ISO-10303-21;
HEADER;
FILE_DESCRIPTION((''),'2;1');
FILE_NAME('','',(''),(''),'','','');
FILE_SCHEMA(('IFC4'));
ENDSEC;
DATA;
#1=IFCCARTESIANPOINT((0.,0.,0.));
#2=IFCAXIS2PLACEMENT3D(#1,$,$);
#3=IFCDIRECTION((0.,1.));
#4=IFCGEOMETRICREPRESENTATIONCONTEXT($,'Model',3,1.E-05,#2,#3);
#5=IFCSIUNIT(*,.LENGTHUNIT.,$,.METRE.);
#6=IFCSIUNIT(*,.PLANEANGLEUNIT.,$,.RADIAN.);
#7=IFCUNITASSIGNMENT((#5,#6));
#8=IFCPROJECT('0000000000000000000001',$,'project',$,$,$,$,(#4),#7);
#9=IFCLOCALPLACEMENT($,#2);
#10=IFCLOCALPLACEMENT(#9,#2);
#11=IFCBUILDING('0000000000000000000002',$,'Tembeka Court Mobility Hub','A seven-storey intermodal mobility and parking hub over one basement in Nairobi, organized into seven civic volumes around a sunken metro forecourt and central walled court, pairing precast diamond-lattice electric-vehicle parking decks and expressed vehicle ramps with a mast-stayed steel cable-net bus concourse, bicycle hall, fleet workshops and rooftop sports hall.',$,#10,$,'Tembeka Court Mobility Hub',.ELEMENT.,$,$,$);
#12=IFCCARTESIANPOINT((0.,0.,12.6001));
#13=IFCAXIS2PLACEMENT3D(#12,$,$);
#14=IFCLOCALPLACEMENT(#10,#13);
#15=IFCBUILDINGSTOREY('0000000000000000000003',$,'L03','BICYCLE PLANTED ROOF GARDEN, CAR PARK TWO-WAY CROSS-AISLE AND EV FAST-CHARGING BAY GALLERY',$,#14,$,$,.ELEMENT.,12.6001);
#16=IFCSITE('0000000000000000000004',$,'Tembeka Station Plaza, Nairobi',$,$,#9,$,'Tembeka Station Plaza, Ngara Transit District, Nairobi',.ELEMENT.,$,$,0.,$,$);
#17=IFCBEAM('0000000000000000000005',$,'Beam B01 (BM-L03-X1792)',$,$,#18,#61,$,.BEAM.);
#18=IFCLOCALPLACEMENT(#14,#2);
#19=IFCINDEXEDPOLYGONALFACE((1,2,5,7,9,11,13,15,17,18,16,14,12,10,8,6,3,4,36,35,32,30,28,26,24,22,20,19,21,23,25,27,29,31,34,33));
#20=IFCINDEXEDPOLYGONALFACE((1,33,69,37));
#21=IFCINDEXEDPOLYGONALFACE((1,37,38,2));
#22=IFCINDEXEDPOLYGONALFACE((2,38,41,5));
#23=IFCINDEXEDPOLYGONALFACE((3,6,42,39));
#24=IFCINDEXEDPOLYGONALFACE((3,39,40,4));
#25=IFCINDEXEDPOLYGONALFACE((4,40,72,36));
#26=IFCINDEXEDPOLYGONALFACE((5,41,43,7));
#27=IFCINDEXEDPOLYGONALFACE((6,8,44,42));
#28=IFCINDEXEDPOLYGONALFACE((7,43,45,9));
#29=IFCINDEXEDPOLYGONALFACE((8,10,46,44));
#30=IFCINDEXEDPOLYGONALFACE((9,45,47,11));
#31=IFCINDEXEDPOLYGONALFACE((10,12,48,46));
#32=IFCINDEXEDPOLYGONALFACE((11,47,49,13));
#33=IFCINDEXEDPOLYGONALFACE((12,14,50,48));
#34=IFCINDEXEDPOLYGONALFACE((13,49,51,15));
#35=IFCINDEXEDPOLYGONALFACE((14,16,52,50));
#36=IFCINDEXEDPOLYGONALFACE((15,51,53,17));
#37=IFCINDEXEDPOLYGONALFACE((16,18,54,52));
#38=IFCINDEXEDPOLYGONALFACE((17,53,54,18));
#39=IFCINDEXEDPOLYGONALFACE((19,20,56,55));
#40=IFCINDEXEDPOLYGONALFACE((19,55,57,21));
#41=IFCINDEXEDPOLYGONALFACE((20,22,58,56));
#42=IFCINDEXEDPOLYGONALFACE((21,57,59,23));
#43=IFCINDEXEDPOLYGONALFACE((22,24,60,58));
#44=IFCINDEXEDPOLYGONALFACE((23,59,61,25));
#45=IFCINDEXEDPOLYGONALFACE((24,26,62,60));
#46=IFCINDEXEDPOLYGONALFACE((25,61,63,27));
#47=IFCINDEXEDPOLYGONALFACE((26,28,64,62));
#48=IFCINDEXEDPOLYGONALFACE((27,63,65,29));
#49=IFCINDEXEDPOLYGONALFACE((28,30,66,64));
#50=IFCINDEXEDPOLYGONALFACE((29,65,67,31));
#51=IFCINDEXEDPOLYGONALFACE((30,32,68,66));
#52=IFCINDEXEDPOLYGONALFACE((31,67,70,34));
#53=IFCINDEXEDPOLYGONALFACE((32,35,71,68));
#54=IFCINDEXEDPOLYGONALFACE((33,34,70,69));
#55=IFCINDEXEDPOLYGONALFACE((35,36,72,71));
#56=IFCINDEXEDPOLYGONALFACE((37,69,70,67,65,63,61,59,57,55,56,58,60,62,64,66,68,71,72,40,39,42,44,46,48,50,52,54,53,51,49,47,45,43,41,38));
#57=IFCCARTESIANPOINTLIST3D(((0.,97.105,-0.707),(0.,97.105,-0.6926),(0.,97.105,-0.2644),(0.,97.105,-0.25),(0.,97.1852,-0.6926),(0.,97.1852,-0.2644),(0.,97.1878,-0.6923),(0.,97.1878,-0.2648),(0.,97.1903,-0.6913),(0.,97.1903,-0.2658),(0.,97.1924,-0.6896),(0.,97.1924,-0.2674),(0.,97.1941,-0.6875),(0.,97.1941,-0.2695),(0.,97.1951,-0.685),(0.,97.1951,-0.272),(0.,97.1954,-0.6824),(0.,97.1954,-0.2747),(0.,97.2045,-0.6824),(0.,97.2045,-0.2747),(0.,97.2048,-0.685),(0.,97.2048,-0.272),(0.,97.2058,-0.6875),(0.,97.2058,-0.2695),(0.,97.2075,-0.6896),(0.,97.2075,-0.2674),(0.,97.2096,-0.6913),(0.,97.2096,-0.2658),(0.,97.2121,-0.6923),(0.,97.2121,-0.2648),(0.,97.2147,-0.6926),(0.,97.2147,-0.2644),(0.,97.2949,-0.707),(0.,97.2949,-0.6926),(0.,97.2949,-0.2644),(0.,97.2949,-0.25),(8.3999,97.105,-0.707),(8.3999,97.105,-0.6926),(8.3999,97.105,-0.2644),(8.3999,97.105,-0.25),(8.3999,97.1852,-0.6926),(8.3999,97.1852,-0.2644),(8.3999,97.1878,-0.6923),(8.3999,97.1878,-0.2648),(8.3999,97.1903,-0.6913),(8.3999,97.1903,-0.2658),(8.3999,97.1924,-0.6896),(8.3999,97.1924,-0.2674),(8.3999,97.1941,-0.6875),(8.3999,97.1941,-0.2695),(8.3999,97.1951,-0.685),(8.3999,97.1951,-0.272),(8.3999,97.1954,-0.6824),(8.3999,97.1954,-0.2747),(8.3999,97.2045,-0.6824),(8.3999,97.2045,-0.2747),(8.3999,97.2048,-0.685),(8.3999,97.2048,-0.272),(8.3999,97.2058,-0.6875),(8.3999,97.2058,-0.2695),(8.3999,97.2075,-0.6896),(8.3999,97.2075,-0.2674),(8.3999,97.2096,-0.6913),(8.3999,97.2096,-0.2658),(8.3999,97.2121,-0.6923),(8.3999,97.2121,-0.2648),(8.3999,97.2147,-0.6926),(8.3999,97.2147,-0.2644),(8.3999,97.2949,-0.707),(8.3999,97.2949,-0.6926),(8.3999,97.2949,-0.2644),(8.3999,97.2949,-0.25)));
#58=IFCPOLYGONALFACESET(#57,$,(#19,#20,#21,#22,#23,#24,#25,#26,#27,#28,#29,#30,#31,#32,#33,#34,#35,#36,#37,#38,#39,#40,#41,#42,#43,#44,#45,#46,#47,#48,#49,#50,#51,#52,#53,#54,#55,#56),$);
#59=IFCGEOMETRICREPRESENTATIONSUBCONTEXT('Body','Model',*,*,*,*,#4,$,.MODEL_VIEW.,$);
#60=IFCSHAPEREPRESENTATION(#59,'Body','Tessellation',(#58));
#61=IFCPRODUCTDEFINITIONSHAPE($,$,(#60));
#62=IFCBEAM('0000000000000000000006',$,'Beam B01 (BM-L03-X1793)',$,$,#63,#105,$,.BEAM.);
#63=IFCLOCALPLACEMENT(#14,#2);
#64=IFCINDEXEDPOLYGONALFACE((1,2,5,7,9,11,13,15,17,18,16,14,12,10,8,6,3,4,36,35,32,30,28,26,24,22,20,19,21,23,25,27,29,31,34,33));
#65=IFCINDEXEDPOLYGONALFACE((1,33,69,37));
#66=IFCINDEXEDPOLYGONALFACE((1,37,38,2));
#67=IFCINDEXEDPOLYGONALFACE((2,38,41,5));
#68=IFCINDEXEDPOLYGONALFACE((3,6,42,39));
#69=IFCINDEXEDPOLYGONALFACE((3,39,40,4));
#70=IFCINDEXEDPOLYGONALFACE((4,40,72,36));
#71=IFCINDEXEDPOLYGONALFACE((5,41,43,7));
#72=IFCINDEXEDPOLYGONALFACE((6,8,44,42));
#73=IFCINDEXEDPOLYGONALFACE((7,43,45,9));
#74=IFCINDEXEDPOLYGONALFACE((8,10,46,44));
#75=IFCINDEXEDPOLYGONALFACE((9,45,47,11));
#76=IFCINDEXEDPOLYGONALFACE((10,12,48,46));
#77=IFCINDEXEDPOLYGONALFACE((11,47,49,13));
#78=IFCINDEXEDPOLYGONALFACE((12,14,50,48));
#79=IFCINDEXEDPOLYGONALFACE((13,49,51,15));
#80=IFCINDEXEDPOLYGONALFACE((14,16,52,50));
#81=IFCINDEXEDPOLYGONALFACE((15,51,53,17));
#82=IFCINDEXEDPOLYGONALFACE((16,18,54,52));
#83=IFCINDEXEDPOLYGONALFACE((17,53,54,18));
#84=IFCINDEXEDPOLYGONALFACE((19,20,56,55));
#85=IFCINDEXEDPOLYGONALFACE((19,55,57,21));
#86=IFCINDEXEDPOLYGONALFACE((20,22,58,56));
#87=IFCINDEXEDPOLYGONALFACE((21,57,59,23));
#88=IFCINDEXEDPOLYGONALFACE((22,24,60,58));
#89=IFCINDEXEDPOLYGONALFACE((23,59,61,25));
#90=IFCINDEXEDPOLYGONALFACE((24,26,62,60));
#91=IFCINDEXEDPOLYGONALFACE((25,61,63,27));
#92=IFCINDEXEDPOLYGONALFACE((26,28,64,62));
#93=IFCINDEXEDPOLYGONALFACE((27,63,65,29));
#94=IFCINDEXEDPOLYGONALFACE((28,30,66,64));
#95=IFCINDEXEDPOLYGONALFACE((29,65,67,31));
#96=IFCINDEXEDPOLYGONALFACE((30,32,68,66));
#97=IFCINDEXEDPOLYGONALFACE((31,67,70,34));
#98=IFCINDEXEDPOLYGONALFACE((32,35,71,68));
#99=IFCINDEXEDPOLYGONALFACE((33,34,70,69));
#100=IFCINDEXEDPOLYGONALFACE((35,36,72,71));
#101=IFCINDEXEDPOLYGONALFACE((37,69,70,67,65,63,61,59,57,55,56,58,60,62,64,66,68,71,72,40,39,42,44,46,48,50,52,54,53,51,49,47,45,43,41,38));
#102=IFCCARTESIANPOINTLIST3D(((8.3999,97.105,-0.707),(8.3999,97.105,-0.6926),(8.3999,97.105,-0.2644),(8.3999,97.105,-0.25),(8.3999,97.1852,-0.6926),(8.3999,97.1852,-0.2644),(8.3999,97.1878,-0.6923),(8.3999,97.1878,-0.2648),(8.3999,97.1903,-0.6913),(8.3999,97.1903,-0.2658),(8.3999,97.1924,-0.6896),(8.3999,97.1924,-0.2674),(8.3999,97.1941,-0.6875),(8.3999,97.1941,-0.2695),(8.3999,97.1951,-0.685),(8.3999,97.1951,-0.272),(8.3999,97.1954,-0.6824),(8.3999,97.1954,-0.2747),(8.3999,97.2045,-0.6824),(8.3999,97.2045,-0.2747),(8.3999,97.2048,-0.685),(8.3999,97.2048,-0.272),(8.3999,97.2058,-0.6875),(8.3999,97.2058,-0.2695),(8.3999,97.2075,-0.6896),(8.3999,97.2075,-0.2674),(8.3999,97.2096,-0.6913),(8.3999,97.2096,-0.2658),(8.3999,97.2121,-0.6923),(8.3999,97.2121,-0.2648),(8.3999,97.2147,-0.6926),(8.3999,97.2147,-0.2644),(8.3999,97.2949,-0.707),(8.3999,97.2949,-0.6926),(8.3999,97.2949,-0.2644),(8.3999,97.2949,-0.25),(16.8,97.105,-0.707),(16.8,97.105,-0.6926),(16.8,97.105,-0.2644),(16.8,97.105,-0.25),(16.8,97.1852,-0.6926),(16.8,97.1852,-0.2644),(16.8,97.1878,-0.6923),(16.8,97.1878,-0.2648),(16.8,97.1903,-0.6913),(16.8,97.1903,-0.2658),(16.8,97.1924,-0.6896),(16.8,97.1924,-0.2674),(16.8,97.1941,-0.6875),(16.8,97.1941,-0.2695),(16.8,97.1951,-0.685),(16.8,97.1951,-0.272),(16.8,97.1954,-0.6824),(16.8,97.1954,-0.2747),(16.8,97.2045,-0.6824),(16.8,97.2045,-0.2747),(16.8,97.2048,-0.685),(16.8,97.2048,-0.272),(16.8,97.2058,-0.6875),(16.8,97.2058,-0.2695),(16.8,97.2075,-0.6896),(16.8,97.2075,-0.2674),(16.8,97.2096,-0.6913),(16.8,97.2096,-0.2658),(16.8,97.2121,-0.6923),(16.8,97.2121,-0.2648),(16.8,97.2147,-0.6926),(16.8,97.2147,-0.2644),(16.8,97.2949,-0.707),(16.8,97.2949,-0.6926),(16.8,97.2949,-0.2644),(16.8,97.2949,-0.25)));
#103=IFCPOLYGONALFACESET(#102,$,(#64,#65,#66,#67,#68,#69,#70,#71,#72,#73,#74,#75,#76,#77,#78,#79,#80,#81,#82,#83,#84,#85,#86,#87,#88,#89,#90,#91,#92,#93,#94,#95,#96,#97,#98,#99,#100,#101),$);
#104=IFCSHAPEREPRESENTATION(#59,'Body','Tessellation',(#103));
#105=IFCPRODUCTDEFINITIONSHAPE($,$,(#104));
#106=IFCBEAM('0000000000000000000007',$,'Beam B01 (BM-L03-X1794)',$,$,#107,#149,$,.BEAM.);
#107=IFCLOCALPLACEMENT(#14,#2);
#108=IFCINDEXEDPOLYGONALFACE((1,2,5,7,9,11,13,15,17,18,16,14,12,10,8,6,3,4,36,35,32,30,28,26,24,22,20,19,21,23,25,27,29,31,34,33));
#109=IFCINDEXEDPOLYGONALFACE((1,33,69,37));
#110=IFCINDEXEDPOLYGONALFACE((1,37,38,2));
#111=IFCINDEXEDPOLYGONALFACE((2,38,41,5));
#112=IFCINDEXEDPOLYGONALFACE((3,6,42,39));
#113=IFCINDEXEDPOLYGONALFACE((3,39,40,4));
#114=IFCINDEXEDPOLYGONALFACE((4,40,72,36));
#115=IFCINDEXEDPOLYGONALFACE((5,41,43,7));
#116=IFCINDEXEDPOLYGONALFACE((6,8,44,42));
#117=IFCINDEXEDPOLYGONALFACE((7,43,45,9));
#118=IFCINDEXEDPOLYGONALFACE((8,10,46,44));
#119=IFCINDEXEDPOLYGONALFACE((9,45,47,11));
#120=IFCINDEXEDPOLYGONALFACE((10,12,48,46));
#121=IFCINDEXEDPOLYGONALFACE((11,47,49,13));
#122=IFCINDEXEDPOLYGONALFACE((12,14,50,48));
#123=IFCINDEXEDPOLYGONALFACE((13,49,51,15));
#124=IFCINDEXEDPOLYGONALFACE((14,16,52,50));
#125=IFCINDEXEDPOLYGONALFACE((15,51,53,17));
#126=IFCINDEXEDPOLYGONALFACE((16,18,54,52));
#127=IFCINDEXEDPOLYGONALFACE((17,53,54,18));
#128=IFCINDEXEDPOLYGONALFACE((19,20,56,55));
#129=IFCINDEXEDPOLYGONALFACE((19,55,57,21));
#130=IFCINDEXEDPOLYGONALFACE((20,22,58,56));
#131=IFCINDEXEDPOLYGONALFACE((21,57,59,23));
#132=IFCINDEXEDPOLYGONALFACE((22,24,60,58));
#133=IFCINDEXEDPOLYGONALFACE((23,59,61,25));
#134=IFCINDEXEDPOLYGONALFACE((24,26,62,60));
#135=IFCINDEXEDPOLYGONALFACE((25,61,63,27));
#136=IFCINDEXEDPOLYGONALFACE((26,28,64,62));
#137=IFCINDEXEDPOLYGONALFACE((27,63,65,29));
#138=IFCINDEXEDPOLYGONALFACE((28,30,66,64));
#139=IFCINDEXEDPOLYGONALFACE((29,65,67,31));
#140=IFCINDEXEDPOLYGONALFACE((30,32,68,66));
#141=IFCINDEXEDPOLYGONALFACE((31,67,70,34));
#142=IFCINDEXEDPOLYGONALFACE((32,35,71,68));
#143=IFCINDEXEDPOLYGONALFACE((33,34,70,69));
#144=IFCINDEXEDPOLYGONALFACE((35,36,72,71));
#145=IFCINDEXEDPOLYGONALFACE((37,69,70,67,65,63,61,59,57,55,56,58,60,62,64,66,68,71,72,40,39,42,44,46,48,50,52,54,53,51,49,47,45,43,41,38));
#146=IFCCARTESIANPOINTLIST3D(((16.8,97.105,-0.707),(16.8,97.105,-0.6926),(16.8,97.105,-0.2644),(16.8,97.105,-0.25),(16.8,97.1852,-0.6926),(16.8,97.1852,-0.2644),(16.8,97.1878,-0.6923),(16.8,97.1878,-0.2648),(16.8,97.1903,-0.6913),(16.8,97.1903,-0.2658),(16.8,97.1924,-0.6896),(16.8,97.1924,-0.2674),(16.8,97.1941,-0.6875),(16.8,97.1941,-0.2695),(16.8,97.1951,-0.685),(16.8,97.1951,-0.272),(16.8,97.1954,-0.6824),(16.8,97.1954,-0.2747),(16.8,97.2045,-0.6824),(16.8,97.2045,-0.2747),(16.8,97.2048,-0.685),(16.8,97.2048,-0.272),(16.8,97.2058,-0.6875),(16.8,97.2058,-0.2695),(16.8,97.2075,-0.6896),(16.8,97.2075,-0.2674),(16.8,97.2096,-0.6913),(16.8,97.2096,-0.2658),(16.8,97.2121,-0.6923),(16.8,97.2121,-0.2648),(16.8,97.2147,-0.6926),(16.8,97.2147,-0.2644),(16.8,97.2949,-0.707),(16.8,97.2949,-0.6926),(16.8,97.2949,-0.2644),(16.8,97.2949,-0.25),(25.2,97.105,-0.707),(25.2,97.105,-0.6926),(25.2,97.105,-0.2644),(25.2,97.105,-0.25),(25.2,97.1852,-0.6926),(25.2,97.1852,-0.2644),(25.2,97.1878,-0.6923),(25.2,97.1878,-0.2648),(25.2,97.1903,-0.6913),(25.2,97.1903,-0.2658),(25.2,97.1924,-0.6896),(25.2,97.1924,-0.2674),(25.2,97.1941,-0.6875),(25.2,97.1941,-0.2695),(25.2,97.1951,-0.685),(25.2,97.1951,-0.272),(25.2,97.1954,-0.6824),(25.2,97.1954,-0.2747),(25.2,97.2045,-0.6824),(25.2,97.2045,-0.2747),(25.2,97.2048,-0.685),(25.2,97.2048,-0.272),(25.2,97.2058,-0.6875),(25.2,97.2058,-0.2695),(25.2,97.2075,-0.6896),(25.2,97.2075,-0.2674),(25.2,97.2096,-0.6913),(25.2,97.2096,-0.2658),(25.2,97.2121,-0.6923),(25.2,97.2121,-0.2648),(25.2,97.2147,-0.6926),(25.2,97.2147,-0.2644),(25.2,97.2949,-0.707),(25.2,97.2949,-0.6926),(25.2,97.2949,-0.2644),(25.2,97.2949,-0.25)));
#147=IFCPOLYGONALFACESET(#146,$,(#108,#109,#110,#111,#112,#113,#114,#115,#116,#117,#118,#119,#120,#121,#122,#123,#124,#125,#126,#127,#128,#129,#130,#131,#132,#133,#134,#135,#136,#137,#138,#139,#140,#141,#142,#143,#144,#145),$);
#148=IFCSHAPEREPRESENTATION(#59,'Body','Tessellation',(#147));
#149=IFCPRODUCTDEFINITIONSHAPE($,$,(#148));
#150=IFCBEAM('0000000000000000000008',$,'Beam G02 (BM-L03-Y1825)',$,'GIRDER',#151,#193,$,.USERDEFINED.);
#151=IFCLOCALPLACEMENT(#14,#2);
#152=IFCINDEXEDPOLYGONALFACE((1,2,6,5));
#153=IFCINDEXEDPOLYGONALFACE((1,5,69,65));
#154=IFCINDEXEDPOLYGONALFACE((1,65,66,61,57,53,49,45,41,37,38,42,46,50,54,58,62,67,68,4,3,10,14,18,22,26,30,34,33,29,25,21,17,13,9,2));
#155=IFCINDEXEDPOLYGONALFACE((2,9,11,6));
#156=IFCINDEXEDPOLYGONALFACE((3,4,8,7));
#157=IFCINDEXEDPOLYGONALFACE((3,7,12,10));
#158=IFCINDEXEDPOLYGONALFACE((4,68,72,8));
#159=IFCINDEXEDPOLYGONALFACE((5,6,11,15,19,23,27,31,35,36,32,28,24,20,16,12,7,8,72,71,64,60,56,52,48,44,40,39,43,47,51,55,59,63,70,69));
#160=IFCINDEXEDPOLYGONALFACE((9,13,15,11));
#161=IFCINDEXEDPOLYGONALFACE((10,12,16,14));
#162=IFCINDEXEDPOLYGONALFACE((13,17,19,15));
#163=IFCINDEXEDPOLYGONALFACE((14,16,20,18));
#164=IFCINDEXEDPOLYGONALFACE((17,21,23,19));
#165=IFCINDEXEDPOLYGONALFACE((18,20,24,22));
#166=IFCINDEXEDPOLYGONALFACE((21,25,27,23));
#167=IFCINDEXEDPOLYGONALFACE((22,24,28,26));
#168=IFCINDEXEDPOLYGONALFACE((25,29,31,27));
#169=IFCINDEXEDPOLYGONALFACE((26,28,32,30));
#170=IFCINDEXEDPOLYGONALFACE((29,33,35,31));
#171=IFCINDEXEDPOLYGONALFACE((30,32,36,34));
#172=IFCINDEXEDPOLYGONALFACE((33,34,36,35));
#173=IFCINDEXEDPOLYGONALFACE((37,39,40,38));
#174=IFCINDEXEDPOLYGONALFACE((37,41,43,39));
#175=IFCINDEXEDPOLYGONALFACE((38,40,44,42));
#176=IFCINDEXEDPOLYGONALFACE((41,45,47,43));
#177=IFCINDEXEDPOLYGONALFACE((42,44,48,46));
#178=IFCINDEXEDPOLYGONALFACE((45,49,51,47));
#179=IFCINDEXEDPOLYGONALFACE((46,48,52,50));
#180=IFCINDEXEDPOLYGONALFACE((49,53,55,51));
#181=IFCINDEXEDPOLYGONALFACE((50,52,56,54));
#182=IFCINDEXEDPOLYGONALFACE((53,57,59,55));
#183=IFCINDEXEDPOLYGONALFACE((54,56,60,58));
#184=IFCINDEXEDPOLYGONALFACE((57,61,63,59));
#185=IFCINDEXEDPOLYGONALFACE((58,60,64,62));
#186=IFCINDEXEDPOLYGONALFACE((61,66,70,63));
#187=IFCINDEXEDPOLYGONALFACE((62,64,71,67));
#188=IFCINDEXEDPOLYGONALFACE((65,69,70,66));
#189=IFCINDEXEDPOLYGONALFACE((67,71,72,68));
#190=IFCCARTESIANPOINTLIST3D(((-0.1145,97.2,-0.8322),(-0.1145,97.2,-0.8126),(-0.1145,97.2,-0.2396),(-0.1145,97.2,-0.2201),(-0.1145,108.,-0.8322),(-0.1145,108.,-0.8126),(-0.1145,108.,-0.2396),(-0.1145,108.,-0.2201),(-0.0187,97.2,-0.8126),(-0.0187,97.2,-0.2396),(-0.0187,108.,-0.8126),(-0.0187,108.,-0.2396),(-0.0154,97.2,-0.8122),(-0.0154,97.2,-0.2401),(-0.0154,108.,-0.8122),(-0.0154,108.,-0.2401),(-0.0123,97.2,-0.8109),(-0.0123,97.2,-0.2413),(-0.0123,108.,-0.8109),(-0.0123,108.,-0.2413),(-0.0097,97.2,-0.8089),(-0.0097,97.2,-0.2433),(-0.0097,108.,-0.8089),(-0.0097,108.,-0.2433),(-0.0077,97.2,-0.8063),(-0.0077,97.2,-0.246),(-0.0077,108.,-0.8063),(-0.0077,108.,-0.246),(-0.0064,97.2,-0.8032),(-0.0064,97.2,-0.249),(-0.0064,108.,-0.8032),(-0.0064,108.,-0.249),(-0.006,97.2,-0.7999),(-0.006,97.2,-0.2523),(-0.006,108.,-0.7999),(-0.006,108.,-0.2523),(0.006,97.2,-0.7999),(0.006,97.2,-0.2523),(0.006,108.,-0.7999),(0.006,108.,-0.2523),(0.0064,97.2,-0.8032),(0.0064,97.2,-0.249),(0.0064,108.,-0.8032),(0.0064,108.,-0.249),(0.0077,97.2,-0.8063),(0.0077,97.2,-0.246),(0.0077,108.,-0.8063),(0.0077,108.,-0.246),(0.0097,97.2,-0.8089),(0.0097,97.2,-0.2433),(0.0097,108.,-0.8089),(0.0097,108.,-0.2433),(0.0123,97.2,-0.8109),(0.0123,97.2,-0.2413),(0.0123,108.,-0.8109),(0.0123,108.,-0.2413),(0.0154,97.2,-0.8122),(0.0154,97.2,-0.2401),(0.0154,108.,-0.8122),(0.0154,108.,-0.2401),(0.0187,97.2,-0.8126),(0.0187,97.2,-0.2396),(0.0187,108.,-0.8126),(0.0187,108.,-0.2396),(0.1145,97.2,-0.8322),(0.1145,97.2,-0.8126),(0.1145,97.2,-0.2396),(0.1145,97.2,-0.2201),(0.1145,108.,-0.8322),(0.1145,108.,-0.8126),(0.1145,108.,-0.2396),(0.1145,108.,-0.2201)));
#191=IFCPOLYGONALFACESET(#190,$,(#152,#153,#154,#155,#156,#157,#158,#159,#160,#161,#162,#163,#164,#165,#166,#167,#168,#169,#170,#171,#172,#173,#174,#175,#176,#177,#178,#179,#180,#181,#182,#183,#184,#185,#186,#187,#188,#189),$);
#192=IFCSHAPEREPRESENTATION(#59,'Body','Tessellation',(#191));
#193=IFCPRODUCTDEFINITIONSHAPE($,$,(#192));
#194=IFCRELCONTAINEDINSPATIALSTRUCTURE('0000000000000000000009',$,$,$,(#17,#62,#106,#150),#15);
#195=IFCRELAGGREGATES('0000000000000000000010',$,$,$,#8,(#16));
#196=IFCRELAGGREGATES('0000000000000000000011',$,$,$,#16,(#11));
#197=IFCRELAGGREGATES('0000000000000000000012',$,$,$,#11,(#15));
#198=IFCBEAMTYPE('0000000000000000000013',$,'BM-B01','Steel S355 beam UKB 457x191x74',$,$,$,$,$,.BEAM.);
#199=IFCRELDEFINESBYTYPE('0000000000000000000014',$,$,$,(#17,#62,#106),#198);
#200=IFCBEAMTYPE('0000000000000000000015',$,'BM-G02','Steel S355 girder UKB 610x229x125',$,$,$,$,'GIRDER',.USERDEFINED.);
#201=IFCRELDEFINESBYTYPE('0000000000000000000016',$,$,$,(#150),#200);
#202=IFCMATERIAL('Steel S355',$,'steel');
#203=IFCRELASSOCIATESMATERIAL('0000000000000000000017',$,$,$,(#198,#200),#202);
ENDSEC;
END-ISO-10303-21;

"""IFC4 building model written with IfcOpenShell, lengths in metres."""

from ifc_helpers import new_model, si_unit, direction, frame, origin, origin_2d, place, context, subcontext, project, spatial, i_section, extrude, material, material_profile, profile_set, type_object, element, save


model = new_model("IFC4")

# Units and contexts
model_context = context("Model", 3, precision=1e-05, world=origin(), true_north=direction((0.0, 1.0)))
body_context = subcontext(model_context, "Body", "Model", "MODEL_VIEW")
ifc_project = project(units=[si_unit("LENGTHUNIT", "METRE"), si_unit("PLANEANGLEUNIT", "RADIAN")], contexts=[model_context])

# Site, building, storey
site_placement = place(None, origin())
site = spatial("IfcSite", under=ifc_project, at=site_placement, Name="Tembeka Station Plaza, Nairobi", LongName="Tembeka Station Plaza, Ngara Transit District, Nairobi", CompositionType="ELEMENT", RefElevation=0.0)
building_placement = place(site_placement, origin())
building = spatial("IfcBuilding", under=site, at=building_placement, Name="Tembeka Court Mobility Hub", Description="A seven-storey intermodal mobility and parking hub over one basement in Nairobi, organized into seven civic volumes around a sunken metro forecourt and central walled court, pairing precast diamond-lattice electric-vehicle parking decks and expressed vehicle ramps with a mast-stayed steel cable-net bus concourse, bicycle hall, fleet workshops and rooftop sports hall.", LongName="Tembeka Court Mobility Hub", CompositionType="ELEMENT")
storey_placement = place(building_placement, frame((0.0, 0.0, 12.6001)))
storey = spatial("IfcBuildingStorey", under=building, at=storey_placement, Name="L03", Description="BICYCLE PLANTED ROOF GARDEN, CAR PARK TWO-WAY CROSS-AISLE AND EV FAST-CHARGING BAY GALLERY", CompositionType="ELEMENT", Elevation=12.6001)

# Shared definitions
ifc_material_1 = material(Name="Steel S355", Category="steel")

# Beams
ifc_material_profile_1 = material_profile(ifc_material_1, i_section(OverallWidth=0.1899, OverallDepth=0.457, WebThickness=0.009, FlangeThickness=0.0144, FilletRadius=0.0103, at=origin_2d()), Name="UKB 457x191x74")
ifc_profile_set_1 = profile_set([ifc_material_profile_1], Name="Steel S355")
beam_type_1 = type_object("IfcBeamType", Name="BM-B01", Description="Steel S355 beam UKB 457x191x74", PredefinedType="BEAM", material=ifc_profile_set_1)
beam_1_placement = place(storey_placement, frame((0.0, 97.2, -0.4785), z_axis=(1.0, 0.0, 0.0), x_axis=(0.0, 1.0, 0.0)))
element("IfcBeam", 1, at=beam_1_placement, inside=storey, type_object=beam_type_1, Name="Beam B01 (BM-L03-X1792)", PredefinedType="BEAM", context=body_context, shape_type="SweptSolid", body=[
    extrude(i_section(OverallWidth=0.1899, OverallDepth=0.457, WebThickness=0.009, FlangeThickness=0.0144, FilletRadius=0.0103, at=origin_2d()), origin(), (0.0, 0.0, 1.0), 8.3999),
])
beam_2_placement = place(storey_placement, frame((8.3999, 97.2, -0.4785), z_axis=(1.0, 0.0, 0.0), x_axis=(0.0, 1.0, 0.0)))
element("IfcBeam", 2, at=beam_2_placement, inside=storey, type_object=beam_type_1, Name="Beam B01 (BM-L03-X1793)", PredefinedType="BEAM", context=body_context, shape_type="SweptSolid", body=[
    extrude(i_section(OverallWidth=0.1899, OverallDepth=0.457, WebThickness=0.009, FlangeThickness=0.0144, FilletRadius=0.0103, at=origin_2d()), origin(), (0.0, 0.0, 1.0), 8.4001),
])
beam_3_placement = place(storey_placement, frame((16.8, 97.2, -0.4785), z_axis=(1.0, 0.0, 0.0), x_axis=(0.0, 1.0, 0.0)))
element("IfcBeam", 3, at=beam_3_placement, inside=storey, type_object=beam_type_1, Name="Beam B01 (BM-L03-X1794)", PredefinedType="BEAM", context=body_context, shape_type="SweptSolid", body=[
    extrude(i_section(OverallWidth=0.1899, OverallDepth=0.457, WebThickness=0.009, FlangeThickness=0.0144, FilletRadius=0.0103, at=origin_2d()), origin(), (0.0, 0.0, 1.0), 8.3999),
])
ifc_material_profile_2 = material_profile(ifc_material_1, i_section(OverallWidth=0.229, OverallDepth=0.6121, WebThickness=0.012, FlangeThickness=0.0195, FilletRadius=0.0127, at=origin_2d()), Name="UKB 610x229x125")
ifc_profile_set_2 = profile_set([ifc_material_profile_2], Name="Steel S355")
beam_type_2 = type_object("IfcBeamType", Name="BM-G02", Description="Steel S355 girder UKB 610x229x125", ElementType="GIRDER", PredefinedType="USERDEFINED", material=ifc_profile_set_2)
for number, where, z_axis, x_axis, name in (
    (4, (0.0, 97.2, -0.5261), (0.0, 1.0, 0.0), (-1.0, 0.0, 0.0), "Beam G02 (BM-L03-Y1825)"),
):
    element("IfcBeam", number, at=place(storey_placement, frame(where, z_axis=z_axis, x_axis=x_axis)), inside=storey, type_object=beam_type_2, Name=name, ObjectType="GIRDER", PredefinedType="USERDEFINED", context=body_context, shape_type="SweptSolid", body=[
        extrude(i_section(OverallWidth=0.229, OverallDepth=0.6121, WebThickness=0.012, FlangeThickness=0.0195, FilletRadius=0.0127, at=origin_2d()), origin(), (0.0, 0.0, 1.0), 10.8),
    ])

save(model, "model.ifc")
